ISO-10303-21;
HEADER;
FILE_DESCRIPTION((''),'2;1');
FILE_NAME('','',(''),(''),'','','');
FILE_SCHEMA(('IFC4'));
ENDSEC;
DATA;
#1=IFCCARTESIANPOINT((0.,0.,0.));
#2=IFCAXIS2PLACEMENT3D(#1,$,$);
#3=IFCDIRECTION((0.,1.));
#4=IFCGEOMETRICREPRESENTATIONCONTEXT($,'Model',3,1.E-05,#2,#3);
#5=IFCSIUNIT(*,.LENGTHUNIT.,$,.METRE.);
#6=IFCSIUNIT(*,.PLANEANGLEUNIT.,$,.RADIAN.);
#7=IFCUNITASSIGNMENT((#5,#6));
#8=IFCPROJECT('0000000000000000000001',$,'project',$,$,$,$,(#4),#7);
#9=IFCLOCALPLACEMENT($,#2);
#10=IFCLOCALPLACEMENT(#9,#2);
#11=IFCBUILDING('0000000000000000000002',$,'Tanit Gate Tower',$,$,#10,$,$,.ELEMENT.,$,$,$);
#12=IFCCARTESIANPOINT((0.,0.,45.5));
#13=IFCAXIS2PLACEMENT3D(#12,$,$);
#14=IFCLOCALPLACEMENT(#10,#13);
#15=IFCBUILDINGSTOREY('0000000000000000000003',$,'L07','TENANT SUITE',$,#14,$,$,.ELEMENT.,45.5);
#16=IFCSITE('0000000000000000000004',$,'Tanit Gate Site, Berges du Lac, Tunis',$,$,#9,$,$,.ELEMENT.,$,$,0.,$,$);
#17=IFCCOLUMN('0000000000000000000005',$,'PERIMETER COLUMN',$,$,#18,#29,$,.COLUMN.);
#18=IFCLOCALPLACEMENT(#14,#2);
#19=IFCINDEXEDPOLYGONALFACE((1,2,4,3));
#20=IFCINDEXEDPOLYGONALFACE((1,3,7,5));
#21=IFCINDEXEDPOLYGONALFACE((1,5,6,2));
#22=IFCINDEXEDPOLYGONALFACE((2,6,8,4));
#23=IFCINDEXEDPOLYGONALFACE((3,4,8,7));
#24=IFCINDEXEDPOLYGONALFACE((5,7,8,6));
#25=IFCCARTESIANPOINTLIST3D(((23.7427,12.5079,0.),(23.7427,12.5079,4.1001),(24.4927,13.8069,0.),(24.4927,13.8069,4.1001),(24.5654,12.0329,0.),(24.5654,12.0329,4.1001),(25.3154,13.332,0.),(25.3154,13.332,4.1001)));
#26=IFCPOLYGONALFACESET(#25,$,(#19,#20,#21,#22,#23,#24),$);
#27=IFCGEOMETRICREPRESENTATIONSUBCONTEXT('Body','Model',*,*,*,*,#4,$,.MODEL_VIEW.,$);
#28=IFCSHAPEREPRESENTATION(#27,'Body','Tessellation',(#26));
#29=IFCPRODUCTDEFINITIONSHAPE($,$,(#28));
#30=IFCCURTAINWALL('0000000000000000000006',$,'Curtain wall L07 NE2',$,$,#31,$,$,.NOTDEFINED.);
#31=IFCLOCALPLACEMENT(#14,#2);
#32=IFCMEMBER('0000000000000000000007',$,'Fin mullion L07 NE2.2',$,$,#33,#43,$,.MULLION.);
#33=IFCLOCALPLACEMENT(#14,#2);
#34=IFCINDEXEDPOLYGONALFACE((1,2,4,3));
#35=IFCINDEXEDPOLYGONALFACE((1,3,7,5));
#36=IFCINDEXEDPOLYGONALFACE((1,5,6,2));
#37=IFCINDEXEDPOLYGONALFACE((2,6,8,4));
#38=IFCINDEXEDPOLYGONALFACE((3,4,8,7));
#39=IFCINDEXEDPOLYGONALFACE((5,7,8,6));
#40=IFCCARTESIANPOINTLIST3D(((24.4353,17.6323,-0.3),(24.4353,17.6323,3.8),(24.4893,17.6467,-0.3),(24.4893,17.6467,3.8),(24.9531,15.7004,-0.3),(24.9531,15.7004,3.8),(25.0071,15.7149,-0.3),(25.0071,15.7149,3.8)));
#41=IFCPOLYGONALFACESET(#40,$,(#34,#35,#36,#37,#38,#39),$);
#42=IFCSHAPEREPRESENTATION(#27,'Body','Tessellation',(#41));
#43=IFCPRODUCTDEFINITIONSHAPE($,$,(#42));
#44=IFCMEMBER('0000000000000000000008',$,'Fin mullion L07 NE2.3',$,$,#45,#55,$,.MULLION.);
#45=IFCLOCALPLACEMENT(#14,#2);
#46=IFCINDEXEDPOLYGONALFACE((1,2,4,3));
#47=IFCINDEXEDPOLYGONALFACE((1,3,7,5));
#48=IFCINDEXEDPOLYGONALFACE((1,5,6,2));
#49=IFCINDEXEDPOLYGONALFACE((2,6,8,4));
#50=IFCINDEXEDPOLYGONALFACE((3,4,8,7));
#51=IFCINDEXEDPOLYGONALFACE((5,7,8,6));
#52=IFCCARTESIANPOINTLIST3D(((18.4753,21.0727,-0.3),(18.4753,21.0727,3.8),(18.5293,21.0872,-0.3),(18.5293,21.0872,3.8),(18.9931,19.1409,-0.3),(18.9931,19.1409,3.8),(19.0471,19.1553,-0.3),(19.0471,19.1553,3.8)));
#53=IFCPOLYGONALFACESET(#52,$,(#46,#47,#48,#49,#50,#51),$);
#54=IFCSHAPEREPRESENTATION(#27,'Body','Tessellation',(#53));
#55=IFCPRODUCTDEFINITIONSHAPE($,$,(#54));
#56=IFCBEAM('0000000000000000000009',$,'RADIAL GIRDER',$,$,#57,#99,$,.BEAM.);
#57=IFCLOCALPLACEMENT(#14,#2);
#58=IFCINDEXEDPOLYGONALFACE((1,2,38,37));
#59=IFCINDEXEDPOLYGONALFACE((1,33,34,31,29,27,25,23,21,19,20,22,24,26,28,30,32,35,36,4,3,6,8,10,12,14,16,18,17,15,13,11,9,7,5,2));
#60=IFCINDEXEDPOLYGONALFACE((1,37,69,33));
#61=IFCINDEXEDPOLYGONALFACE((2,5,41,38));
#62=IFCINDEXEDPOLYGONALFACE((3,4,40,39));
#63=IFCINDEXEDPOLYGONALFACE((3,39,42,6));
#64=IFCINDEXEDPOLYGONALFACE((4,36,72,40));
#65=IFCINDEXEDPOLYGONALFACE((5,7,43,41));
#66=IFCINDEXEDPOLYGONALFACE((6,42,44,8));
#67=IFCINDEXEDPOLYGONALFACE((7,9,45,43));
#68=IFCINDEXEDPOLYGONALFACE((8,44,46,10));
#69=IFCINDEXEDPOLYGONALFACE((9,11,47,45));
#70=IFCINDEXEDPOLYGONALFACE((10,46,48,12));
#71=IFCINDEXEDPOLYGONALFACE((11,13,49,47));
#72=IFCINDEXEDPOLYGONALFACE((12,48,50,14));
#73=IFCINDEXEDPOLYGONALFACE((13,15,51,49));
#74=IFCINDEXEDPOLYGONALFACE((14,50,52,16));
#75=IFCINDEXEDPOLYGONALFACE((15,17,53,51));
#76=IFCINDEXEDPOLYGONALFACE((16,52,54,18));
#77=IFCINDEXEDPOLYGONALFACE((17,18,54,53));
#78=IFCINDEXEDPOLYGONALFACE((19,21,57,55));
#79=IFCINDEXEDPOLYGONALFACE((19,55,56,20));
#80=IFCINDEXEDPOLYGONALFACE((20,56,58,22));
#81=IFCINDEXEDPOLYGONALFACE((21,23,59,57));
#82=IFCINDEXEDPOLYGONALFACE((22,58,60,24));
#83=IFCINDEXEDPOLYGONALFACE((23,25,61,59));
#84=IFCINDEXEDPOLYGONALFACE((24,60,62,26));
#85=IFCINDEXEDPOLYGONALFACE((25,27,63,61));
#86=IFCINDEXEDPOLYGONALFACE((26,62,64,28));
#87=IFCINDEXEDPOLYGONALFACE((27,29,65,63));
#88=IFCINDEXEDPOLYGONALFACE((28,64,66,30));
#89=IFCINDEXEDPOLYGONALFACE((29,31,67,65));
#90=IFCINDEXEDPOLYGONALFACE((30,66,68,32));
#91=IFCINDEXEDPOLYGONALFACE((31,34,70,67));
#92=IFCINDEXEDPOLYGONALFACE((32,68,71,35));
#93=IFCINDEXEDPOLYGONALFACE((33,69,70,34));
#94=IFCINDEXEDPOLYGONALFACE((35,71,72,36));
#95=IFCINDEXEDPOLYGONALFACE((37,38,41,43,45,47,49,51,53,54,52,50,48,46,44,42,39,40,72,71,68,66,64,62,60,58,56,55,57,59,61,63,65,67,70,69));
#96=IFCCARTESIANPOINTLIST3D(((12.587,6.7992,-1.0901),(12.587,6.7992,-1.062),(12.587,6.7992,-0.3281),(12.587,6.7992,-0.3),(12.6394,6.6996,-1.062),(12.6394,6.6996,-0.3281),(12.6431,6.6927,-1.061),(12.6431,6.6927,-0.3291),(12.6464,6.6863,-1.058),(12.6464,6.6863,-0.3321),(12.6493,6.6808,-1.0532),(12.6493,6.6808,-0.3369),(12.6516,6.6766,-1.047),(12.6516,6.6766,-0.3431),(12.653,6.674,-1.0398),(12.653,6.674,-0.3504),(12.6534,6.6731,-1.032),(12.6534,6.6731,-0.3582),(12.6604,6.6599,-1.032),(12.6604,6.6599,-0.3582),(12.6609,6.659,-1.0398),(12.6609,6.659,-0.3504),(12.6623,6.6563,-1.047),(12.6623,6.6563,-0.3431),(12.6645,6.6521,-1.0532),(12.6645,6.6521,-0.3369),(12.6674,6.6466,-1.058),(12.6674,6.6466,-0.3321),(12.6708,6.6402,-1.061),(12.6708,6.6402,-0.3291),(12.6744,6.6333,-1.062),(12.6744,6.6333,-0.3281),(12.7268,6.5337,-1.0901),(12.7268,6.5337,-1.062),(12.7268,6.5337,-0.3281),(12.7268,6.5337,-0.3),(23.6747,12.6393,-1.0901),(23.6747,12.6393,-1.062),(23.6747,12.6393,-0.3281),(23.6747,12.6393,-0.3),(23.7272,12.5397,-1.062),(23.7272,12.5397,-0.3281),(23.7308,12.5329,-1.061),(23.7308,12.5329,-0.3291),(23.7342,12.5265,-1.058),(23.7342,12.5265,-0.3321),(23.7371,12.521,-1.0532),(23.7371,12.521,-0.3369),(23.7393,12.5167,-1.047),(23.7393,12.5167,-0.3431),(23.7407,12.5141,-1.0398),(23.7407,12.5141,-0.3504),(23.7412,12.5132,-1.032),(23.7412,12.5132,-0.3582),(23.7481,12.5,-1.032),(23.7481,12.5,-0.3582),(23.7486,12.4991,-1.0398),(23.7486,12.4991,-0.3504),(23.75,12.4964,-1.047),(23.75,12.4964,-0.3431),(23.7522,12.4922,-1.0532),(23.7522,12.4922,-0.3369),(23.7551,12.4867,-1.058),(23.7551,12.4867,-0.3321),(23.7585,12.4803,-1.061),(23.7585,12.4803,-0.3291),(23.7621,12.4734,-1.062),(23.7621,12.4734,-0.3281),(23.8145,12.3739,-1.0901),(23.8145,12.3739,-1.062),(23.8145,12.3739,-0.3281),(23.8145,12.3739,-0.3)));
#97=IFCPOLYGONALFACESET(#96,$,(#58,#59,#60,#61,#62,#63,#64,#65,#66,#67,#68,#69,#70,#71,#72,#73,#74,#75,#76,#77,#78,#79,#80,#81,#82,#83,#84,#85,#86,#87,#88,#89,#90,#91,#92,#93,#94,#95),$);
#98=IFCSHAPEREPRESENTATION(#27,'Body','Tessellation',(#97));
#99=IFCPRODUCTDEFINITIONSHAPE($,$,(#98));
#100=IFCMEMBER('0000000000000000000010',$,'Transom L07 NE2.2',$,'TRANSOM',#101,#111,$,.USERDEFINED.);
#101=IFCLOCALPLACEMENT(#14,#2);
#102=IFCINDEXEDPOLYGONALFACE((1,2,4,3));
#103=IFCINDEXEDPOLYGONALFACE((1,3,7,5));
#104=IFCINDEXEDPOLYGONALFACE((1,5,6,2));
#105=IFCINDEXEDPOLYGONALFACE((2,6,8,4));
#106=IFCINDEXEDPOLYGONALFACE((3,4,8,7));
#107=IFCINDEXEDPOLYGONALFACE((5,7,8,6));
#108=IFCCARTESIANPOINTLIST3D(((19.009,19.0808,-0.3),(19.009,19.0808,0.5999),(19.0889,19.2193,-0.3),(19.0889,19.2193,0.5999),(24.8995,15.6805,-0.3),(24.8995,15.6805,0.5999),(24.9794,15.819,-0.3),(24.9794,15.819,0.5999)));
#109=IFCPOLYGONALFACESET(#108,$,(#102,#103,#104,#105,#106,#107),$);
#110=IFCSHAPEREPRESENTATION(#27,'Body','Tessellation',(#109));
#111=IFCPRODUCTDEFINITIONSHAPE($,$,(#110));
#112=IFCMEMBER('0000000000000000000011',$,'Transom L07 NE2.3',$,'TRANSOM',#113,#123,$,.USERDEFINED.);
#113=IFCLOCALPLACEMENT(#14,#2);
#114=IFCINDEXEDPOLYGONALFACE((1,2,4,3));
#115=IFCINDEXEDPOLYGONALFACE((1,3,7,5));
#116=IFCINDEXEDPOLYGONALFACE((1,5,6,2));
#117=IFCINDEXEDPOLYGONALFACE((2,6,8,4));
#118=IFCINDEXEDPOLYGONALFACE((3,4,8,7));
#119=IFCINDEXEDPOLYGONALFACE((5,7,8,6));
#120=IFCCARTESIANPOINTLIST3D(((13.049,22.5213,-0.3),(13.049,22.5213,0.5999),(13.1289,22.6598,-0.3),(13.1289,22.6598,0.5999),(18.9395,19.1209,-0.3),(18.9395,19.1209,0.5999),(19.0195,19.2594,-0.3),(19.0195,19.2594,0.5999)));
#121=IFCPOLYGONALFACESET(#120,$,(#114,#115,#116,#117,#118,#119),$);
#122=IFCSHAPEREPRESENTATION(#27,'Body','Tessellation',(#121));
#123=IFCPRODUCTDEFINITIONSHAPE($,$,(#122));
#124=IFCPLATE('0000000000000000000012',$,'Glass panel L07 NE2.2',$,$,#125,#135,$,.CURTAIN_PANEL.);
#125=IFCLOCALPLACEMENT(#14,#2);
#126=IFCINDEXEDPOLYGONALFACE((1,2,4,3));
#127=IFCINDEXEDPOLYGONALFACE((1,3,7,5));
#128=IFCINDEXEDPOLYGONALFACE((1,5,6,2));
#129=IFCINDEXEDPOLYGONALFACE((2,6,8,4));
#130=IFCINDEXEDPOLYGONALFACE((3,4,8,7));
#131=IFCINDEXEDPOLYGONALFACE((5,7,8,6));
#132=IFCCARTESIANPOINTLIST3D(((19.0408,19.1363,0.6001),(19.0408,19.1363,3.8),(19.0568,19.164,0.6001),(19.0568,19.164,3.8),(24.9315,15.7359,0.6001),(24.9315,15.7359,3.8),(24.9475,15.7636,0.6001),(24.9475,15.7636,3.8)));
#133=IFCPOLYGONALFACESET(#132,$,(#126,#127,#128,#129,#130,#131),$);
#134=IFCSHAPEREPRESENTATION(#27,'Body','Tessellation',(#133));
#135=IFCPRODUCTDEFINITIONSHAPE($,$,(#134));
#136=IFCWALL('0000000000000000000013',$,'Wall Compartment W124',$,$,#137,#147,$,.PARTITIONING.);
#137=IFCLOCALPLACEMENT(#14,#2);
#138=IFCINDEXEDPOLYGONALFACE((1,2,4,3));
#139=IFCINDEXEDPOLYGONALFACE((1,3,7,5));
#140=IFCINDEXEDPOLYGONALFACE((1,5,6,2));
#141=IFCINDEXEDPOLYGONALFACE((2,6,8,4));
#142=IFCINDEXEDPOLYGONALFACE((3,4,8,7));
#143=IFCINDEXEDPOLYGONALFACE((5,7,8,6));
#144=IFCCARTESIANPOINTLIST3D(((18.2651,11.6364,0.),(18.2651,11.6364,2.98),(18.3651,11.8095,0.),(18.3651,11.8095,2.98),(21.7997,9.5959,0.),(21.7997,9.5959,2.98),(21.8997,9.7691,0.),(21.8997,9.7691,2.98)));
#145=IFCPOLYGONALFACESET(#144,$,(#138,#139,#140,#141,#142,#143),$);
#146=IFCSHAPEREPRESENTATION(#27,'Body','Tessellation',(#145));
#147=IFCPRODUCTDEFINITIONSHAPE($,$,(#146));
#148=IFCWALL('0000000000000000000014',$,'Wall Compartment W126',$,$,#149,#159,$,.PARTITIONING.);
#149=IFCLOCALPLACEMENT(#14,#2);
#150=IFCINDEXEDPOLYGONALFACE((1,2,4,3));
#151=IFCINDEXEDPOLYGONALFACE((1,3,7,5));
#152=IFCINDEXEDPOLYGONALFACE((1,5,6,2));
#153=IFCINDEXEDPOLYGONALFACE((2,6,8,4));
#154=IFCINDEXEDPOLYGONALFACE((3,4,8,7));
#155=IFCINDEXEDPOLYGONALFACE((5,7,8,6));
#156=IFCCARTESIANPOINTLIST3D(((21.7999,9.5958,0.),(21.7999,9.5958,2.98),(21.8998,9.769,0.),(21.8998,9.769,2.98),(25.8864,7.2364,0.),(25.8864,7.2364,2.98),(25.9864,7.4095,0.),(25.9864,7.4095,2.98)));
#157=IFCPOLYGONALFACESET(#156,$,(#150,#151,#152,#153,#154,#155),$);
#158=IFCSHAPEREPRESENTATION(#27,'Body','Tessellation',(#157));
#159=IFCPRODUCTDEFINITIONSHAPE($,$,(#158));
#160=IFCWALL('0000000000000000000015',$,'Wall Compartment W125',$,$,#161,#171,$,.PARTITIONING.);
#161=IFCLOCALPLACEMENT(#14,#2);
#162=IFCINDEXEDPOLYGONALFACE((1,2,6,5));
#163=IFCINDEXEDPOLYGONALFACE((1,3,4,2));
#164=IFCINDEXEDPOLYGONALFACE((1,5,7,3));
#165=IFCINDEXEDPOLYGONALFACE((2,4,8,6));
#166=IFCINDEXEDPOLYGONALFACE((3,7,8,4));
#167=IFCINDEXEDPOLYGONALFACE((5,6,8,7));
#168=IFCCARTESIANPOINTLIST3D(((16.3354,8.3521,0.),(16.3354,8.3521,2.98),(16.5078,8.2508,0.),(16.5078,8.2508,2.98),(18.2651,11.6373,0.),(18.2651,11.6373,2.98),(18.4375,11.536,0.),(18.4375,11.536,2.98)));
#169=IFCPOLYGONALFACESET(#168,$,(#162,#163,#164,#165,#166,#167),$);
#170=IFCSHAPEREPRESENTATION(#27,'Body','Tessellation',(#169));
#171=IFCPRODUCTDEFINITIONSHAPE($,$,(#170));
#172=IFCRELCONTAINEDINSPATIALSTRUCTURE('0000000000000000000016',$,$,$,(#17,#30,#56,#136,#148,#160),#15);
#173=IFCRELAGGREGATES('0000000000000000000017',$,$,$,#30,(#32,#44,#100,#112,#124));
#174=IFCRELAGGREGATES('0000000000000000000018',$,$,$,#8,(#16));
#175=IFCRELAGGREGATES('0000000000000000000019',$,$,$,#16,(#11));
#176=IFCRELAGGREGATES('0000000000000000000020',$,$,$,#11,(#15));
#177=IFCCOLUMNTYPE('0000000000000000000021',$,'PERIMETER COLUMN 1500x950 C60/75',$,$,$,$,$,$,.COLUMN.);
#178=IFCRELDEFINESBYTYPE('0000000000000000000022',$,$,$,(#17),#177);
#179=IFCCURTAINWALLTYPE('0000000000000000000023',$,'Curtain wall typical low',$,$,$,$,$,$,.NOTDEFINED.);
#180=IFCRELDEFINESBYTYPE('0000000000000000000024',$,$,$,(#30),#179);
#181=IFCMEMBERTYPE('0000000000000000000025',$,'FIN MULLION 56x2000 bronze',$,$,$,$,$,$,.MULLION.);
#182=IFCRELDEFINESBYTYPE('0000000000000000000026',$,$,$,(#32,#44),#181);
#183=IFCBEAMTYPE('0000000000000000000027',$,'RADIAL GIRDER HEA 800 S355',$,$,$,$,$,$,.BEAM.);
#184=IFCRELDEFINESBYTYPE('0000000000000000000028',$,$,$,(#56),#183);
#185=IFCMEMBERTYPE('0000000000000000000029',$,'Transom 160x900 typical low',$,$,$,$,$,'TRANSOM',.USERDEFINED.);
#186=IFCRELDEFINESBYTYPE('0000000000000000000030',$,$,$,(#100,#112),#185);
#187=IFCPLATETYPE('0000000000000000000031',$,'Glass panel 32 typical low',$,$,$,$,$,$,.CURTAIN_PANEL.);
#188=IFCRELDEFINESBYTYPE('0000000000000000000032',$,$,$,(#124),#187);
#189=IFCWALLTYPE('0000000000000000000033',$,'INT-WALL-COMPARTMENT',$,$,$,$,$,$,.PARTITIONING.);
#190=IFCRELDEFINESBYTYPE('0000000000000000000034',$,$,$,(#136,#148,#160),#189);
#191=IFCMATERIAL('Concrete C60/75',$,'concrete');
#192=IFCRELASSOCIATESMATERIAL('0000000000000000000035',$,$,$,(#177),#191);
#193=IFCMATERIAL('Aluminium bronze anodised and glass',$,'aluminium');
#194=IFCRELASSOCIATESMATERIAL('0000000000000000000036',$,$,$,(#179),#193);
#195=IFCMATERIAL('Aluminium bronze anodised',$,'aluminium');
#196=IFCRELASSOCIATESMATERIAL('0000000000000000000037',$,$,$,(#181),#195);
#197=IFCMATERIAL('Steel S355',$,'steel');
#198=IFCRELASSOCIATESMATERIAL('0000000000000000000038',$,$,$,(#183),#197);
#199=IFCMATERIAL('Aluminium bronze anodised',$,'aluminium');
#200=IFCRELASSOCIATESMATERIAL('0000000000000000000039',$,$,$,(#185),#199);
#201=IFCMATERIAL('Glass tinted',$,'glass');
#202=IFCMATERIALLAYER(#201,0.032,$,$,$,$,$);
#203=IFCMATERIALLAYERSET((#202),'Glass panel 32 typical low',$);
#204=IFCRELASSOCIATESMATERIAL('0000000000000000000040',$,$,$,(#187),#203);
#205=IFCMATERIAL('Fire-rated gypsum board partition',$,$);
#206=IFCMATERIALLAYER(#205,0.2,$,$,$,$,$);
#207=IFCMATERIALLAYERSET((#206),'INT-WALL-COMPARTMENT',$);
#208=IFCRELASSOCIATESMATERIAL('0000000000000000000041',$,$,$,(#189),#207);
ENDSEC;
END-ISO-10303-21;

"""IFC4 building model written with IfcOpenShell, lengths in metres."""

from ifc_helpers import new_model, si_unit, direction, frame, frame_2d, origin, origin_2d, place, context, subcontext, project, spatial, rectangle, i_section, extrude, material, layer, layer_set, material_profile, profile_set, type_object, element, aggregate, save


model = new_model("IFC4")

# Units and contexts
model_context = context("Model", 3, precision=1e-05, world=origin(), true_north=direction((0.0, 1.0)))
body_context = subcontext(model_context, "Body", "Model", "MODEL_VIEW")
ifc_project = project(units=[si_unit("LENGTHUNIT", "METRE"), si_unit("PLANEANGLEUNIT", "RADIAN")], contexts=[model_context])

# Site, building, storey
site_placement = place(None, origin())
site = spatial("IfcSite", under=ifc_project, at=site_placement, Name="Tanit Gate Site, Berges du Lac, Tunis", CompositionType="ELEMENT", RefElevation=0.0)
building_placement = place(site_placement, origin())
building = spatial("IfcBuilding", under=site, at=building_placement, Name="Tanit Gate Tower", CompositionType="ELEMENT")
storey_placement = place(building_placement, frame((0.0, 0.0, 45.5)))
storey = spatial("IfcBuildingStorey", under=building, at=storey_placement, Name="L07", Description="TENANT SUITE", CompositionType="ELEMENT", Elevation=45.5)

# Column
ifc_material_1 = material(Name="Concrete C60/75", Category="concrete")
ifc_material_profile_1 = material_profile(ifc_material_1, rectangle(XDim=1.5, YDim=0.95, at=origin_2d()), Name="RC 1500x950")
ifc_profile_set_1 = profile_set([ifc_material_profile_1], Name="Concrete C60/75")
column_type = type_object("IfcColumnType", Name="PERIMETER COLUMN 1500x950 C60/75", PredefinedType="COLUMN", material=ifc_profile_set_1)
column_placement = place(storey_placement, frame((24.5291, 12.9199, 0.0), z_axis=(0.0, 0.0, 1.0), x_axis=(0.5, 0.866025, 0.0)))
element("IfcColumn", 1, at=column_placement, inside=storey, type_object=column_type, Name="PERIMETER COLUMN", PredefinedType="COLUMN", context=body_context, shape_type="SweptSolid", body=[
    extrude(rectangle(XDim=1.5, YDim=0.95, at=origin_2d()), origin(), (0.0, 0.0, 1.0), 4.1001),
])

# Curtain wall, members
ifc_material_2 = material(Name="Aluminium bronze anodised and glass", Category="aluminium")
curtain_wall_type = type_object("IfcCurtainWallType", Name="Curtain wall typical low", PredefinedType="NOTDEFINED", material=ifc_material_2)
curtain_wall_placement = place(storey_placement, origin())
curtain_wall = element("IfcCurtainWall", 2, at=curtain_wall_placement, inside=storey, type_object=curtain_wall_type, Name="Curtain wall L07 NE2", PredefinedType="NOTDEFINED")
ifc_material_3 = material(Name="Aluminium bronze anodised", Category="aluminium")
ifc_material_profile_2 = material_profile(ifc_material_3, rectangle(XDim=2.0, YDim=0.0559, at=origin_2d()), Name="56x2000 bronze fin mullion")
ifc_profile_set_2 = profile_set([ifc_material_profile_2], Name="Aluminium bronze anodised")
member_type_1 = type_object("IfcMemberType", Name="FIN MULLION 56x2000 bronze", PredefinedType="MULLION", material=ifc_profile_set_2)
member_1_placement = place(storey_placement, frame((24.7212, 16.6736, -0.3), z_axis=(0.0, 0.0, 1.0), x_axis=(0.258886, -0.965908, 0.0)))
member_1 = element("IfcMember", 3, at=member_1_placement, type_object=member_type_1, Name="Fin mullion L07 NE2.2", PredefinedType="MULLION", context=body_context, shape_type="SweptSolid", body=[
    extrude(rectangle(XDim=2.0, YDim=0.0559, at=origin_2d()), origin(), (0.0, 0.0, 1.0), 4.1001),
])
member_2_placement = place(storey_placement, frame((18.7612, 20.114, -0.3), z_axis=(0.0, 0.0, 1.0), x_axis=(0.258886, -0.965908, 0.0)))
member_2 = element("IfcMember", 4, at=member_2_placement, type_object=member_type_1, Name="Fin mullion L07 NE2.3", PredefinedType="MULLION", context=body_context, shape_type="SweptSolid", body=[
    extrude(rectangle(XDim=2.0, YDim=0.0559, at=origin_2d()), origin(), (0.0, 0.0, 1.0), 4.1001),
])

# Beam
ifc_material_4 = material(Name="Steel S355", Category="steel")
ifc_material_profile_3 = material_profile(ifc_material_4, i_section(OverallWidth=0.3, OverallDepth=0.79, WebThickness=0.0149, FlangeThickness=0.0281, FilletRadius=0.03, at=origin_2d()), Name="HEA 800")
ifc_profile_set_3 = profile_set([ifc_material_profile_3], Name="Steel S355")
beam_type = type_object("IfcBeamType", Name="RADIAL GIRDER HEA 800 S355", PredefinedType="BEAM", material=ifc_profile_set_3)
beam_placement = place(storey_placement, frame((23.7446, 12.5066, -0.6951), z_axis=(-0.884771, -0.466027, 0.0), x_axis=(0.466027, -0.884771, 0.0)))
element("IfcBeam", 5, at=beam_placement, inside=storey, type_object=beam_type, Name="RADIAL GIRDER", PredefinedType="BEAM", context=body_context, shape_type="SweptSolid", body=[
    extrude(i_section(OverallWidth=0.3, OverallDepth=0.79, WebThickness=0.0149, FlangeThickness=0.0281, FilletRadius=0.03, at=origin_2d()), origin(), (0.0, 0.0, 1.0), 12.5317),
])

# Members
ifc_material_5 = material(Name="Aluminium bronze anodised", Category="aluminium")
ifc_material_profile_4 = material_profile(ifc_material_5, rectangle(XDim=0.1599, YDim=0.8999, at=origin_2d()), Name="160x900 bronze transom")
ifc_profile_set_4 = profile_set([ifc_material_profile_4], Name="Aluminium bronze anodised")
member_type_2 = type_object("IfcMemberType", Name="Transom 160x900 typical low", ElementType="TRANSOM", PredefinedType="USERDEFINED", material=ifc_profile_set_4)
member_3_placement = place(storey_placement, frame((24.9395, 15.7498, 0.1499), z_axis=(-0.866061, 0.499938, 0.0), x_axis=(-0.499938, -0.866061, 0.0)))
member_3 = element("IfcMember", 6, at=member_3_placement, type_object=member_type_2, Name="Transom L07 NE2.2", ObjectType="TRANSOM", PredefinedType="USERDEFINED", context=body_context, shape_type="SweptSolid", body=[
    extrude(rectangle(XDim=0.1599, YDim=0.8999, at=origin_2d()), origin(), (0.0, 0.0, 1.0), 6.8015),
])
member_4_placement = place(storey_placement, frame((18.9795, 19.1902, 0.1499), z_axis=(-0.866061, 0.499938, 0.0), x_axis=(-0.499938, -0.866061, 0.0)))
member_4 = element("IfcMember", 7, at=member_4_placement, type_object=member_type_2, Name="Transom L07 NE2.3", ObjectType="TRANSOM", PredefinedType="USERDEFINED", context=body_context, shape_type="SweptSolid", body=[
    extrude(rectangle(XDim=0.1599, YDim=0.8999, at=origin_2d()), origin(), (0.0, 0.0, 1.0), 6.8015),
])

# Plate
ifc_material_6 = material(Name="Glass tinted", Category="glass")
ifc_layer_1 = layer(ifc_material_6, 0.032)
ifc_layer_set_1 = layer_set([ifc_layer_1], Name="Glass panel 32 typical low")
plate_type = type_object("IfcPlateType", Name="Glass panel 32 typical low", PredefinedType="CURTAIN_PANEL", material=ifc_layer_set_1)
plate_placement = place(storey_placement, frame((21.9941, 17.45, 0.6001), z_axis=(0.0, 0.0, 1.0), x_axis=(-0.86606, 0.49994, 0.0)))
plate = element("IfcPlate", 8, at=plate_placement, type_object=plate_type, Name="Glass panel L07 NE2.2", PredefinedType="CURTAIN_PANEL", context=body_context, shape_type="SweptSolid", body=[
    extrude(rectangle(XDim=6.8018, YDim=0.032, at=origin_2d()), origin(), (0.0, 0.0, 1.0), 3.2),
])
aggregate(curtain_wall, [member_1, member_2, member_3, member_4, plate])

# Walls
ifc_material_7 = material(Name="Fire-rated gypsum board partition")
ifc_layer_2 = layer(ifc_material_7, 0.2)
ifc_layer_set_2 = layer_set([ifc_layer_2], Name="INT-WALL-COMPARTMENT")
wall_type = type_object("IfcWallType", Name="INT-WALL-COMPARTMENT", PredefinedType="PARTITIONING", material=ifc_layer_set_2)
wall_1_placement = place(storey_placement, frame((18.3152, 11.7229, 0.0), z_axis=(0.0, 0.0, 1.0), x_axis=(0.866048, -0.499961, 0.0)))
element("IfcWall", 9, at=wall_1_placement, inside=storey, type_object=wall_type, Name="Wall Compartment W124", PredefinedType="PARTITIONING", context=body_context, shape_type="SweptSolid", body=[
    extrude(rectangle(XDim=4.0813, YDim=0.2, at=frame_2d((2.0405, 0.0))), origin(), (0.0, 0.0, 1.0), 2.98),
])
wall_2_placement = place(storey_placement, frame((21.8499, 9.6824, 0.0), z_axis=(0.0, 0.0, 1.0), x_axis=(0.866018, -0.500012, 0.0)))
element("IfcWall", 10, at=wall_2_placement, inside=storey, type_object=wall_type, Name="Wall Compartment W126", PredefinedType="PARTITIONING", context=body_context, shape_type="SweptSolid", body=[
    extrude(rectangle(XDim=4.7188, YDim=0.2, at=frame_2d((2.3594, 0.0))), origin(), (0.0, 0.0, 1.0), 2.98),
])
wall_3_placement = place(storey_placement, frame((18.3513, 11.5867, 0.0), z_axis=(0.0, 0.0, 1.0), x_axis=(-0.506482, -0.86225, 0.0)))
element("IfcWall", 11, at=wall_3_placement, inside=storey, type_object=wall_type, Name="Wall Compartment W125", PredefinedType="PARTITIONING", context=body_context, shape_type="SweptSolid", body=[
    extrude(rectangle(XDim=3.8101, YDim=0.2, at=frame_2d((1.905, 0.0))), origin(), (0.0, 0.0, 1.0), 2.98),
])

save(model, "model.ifc")
